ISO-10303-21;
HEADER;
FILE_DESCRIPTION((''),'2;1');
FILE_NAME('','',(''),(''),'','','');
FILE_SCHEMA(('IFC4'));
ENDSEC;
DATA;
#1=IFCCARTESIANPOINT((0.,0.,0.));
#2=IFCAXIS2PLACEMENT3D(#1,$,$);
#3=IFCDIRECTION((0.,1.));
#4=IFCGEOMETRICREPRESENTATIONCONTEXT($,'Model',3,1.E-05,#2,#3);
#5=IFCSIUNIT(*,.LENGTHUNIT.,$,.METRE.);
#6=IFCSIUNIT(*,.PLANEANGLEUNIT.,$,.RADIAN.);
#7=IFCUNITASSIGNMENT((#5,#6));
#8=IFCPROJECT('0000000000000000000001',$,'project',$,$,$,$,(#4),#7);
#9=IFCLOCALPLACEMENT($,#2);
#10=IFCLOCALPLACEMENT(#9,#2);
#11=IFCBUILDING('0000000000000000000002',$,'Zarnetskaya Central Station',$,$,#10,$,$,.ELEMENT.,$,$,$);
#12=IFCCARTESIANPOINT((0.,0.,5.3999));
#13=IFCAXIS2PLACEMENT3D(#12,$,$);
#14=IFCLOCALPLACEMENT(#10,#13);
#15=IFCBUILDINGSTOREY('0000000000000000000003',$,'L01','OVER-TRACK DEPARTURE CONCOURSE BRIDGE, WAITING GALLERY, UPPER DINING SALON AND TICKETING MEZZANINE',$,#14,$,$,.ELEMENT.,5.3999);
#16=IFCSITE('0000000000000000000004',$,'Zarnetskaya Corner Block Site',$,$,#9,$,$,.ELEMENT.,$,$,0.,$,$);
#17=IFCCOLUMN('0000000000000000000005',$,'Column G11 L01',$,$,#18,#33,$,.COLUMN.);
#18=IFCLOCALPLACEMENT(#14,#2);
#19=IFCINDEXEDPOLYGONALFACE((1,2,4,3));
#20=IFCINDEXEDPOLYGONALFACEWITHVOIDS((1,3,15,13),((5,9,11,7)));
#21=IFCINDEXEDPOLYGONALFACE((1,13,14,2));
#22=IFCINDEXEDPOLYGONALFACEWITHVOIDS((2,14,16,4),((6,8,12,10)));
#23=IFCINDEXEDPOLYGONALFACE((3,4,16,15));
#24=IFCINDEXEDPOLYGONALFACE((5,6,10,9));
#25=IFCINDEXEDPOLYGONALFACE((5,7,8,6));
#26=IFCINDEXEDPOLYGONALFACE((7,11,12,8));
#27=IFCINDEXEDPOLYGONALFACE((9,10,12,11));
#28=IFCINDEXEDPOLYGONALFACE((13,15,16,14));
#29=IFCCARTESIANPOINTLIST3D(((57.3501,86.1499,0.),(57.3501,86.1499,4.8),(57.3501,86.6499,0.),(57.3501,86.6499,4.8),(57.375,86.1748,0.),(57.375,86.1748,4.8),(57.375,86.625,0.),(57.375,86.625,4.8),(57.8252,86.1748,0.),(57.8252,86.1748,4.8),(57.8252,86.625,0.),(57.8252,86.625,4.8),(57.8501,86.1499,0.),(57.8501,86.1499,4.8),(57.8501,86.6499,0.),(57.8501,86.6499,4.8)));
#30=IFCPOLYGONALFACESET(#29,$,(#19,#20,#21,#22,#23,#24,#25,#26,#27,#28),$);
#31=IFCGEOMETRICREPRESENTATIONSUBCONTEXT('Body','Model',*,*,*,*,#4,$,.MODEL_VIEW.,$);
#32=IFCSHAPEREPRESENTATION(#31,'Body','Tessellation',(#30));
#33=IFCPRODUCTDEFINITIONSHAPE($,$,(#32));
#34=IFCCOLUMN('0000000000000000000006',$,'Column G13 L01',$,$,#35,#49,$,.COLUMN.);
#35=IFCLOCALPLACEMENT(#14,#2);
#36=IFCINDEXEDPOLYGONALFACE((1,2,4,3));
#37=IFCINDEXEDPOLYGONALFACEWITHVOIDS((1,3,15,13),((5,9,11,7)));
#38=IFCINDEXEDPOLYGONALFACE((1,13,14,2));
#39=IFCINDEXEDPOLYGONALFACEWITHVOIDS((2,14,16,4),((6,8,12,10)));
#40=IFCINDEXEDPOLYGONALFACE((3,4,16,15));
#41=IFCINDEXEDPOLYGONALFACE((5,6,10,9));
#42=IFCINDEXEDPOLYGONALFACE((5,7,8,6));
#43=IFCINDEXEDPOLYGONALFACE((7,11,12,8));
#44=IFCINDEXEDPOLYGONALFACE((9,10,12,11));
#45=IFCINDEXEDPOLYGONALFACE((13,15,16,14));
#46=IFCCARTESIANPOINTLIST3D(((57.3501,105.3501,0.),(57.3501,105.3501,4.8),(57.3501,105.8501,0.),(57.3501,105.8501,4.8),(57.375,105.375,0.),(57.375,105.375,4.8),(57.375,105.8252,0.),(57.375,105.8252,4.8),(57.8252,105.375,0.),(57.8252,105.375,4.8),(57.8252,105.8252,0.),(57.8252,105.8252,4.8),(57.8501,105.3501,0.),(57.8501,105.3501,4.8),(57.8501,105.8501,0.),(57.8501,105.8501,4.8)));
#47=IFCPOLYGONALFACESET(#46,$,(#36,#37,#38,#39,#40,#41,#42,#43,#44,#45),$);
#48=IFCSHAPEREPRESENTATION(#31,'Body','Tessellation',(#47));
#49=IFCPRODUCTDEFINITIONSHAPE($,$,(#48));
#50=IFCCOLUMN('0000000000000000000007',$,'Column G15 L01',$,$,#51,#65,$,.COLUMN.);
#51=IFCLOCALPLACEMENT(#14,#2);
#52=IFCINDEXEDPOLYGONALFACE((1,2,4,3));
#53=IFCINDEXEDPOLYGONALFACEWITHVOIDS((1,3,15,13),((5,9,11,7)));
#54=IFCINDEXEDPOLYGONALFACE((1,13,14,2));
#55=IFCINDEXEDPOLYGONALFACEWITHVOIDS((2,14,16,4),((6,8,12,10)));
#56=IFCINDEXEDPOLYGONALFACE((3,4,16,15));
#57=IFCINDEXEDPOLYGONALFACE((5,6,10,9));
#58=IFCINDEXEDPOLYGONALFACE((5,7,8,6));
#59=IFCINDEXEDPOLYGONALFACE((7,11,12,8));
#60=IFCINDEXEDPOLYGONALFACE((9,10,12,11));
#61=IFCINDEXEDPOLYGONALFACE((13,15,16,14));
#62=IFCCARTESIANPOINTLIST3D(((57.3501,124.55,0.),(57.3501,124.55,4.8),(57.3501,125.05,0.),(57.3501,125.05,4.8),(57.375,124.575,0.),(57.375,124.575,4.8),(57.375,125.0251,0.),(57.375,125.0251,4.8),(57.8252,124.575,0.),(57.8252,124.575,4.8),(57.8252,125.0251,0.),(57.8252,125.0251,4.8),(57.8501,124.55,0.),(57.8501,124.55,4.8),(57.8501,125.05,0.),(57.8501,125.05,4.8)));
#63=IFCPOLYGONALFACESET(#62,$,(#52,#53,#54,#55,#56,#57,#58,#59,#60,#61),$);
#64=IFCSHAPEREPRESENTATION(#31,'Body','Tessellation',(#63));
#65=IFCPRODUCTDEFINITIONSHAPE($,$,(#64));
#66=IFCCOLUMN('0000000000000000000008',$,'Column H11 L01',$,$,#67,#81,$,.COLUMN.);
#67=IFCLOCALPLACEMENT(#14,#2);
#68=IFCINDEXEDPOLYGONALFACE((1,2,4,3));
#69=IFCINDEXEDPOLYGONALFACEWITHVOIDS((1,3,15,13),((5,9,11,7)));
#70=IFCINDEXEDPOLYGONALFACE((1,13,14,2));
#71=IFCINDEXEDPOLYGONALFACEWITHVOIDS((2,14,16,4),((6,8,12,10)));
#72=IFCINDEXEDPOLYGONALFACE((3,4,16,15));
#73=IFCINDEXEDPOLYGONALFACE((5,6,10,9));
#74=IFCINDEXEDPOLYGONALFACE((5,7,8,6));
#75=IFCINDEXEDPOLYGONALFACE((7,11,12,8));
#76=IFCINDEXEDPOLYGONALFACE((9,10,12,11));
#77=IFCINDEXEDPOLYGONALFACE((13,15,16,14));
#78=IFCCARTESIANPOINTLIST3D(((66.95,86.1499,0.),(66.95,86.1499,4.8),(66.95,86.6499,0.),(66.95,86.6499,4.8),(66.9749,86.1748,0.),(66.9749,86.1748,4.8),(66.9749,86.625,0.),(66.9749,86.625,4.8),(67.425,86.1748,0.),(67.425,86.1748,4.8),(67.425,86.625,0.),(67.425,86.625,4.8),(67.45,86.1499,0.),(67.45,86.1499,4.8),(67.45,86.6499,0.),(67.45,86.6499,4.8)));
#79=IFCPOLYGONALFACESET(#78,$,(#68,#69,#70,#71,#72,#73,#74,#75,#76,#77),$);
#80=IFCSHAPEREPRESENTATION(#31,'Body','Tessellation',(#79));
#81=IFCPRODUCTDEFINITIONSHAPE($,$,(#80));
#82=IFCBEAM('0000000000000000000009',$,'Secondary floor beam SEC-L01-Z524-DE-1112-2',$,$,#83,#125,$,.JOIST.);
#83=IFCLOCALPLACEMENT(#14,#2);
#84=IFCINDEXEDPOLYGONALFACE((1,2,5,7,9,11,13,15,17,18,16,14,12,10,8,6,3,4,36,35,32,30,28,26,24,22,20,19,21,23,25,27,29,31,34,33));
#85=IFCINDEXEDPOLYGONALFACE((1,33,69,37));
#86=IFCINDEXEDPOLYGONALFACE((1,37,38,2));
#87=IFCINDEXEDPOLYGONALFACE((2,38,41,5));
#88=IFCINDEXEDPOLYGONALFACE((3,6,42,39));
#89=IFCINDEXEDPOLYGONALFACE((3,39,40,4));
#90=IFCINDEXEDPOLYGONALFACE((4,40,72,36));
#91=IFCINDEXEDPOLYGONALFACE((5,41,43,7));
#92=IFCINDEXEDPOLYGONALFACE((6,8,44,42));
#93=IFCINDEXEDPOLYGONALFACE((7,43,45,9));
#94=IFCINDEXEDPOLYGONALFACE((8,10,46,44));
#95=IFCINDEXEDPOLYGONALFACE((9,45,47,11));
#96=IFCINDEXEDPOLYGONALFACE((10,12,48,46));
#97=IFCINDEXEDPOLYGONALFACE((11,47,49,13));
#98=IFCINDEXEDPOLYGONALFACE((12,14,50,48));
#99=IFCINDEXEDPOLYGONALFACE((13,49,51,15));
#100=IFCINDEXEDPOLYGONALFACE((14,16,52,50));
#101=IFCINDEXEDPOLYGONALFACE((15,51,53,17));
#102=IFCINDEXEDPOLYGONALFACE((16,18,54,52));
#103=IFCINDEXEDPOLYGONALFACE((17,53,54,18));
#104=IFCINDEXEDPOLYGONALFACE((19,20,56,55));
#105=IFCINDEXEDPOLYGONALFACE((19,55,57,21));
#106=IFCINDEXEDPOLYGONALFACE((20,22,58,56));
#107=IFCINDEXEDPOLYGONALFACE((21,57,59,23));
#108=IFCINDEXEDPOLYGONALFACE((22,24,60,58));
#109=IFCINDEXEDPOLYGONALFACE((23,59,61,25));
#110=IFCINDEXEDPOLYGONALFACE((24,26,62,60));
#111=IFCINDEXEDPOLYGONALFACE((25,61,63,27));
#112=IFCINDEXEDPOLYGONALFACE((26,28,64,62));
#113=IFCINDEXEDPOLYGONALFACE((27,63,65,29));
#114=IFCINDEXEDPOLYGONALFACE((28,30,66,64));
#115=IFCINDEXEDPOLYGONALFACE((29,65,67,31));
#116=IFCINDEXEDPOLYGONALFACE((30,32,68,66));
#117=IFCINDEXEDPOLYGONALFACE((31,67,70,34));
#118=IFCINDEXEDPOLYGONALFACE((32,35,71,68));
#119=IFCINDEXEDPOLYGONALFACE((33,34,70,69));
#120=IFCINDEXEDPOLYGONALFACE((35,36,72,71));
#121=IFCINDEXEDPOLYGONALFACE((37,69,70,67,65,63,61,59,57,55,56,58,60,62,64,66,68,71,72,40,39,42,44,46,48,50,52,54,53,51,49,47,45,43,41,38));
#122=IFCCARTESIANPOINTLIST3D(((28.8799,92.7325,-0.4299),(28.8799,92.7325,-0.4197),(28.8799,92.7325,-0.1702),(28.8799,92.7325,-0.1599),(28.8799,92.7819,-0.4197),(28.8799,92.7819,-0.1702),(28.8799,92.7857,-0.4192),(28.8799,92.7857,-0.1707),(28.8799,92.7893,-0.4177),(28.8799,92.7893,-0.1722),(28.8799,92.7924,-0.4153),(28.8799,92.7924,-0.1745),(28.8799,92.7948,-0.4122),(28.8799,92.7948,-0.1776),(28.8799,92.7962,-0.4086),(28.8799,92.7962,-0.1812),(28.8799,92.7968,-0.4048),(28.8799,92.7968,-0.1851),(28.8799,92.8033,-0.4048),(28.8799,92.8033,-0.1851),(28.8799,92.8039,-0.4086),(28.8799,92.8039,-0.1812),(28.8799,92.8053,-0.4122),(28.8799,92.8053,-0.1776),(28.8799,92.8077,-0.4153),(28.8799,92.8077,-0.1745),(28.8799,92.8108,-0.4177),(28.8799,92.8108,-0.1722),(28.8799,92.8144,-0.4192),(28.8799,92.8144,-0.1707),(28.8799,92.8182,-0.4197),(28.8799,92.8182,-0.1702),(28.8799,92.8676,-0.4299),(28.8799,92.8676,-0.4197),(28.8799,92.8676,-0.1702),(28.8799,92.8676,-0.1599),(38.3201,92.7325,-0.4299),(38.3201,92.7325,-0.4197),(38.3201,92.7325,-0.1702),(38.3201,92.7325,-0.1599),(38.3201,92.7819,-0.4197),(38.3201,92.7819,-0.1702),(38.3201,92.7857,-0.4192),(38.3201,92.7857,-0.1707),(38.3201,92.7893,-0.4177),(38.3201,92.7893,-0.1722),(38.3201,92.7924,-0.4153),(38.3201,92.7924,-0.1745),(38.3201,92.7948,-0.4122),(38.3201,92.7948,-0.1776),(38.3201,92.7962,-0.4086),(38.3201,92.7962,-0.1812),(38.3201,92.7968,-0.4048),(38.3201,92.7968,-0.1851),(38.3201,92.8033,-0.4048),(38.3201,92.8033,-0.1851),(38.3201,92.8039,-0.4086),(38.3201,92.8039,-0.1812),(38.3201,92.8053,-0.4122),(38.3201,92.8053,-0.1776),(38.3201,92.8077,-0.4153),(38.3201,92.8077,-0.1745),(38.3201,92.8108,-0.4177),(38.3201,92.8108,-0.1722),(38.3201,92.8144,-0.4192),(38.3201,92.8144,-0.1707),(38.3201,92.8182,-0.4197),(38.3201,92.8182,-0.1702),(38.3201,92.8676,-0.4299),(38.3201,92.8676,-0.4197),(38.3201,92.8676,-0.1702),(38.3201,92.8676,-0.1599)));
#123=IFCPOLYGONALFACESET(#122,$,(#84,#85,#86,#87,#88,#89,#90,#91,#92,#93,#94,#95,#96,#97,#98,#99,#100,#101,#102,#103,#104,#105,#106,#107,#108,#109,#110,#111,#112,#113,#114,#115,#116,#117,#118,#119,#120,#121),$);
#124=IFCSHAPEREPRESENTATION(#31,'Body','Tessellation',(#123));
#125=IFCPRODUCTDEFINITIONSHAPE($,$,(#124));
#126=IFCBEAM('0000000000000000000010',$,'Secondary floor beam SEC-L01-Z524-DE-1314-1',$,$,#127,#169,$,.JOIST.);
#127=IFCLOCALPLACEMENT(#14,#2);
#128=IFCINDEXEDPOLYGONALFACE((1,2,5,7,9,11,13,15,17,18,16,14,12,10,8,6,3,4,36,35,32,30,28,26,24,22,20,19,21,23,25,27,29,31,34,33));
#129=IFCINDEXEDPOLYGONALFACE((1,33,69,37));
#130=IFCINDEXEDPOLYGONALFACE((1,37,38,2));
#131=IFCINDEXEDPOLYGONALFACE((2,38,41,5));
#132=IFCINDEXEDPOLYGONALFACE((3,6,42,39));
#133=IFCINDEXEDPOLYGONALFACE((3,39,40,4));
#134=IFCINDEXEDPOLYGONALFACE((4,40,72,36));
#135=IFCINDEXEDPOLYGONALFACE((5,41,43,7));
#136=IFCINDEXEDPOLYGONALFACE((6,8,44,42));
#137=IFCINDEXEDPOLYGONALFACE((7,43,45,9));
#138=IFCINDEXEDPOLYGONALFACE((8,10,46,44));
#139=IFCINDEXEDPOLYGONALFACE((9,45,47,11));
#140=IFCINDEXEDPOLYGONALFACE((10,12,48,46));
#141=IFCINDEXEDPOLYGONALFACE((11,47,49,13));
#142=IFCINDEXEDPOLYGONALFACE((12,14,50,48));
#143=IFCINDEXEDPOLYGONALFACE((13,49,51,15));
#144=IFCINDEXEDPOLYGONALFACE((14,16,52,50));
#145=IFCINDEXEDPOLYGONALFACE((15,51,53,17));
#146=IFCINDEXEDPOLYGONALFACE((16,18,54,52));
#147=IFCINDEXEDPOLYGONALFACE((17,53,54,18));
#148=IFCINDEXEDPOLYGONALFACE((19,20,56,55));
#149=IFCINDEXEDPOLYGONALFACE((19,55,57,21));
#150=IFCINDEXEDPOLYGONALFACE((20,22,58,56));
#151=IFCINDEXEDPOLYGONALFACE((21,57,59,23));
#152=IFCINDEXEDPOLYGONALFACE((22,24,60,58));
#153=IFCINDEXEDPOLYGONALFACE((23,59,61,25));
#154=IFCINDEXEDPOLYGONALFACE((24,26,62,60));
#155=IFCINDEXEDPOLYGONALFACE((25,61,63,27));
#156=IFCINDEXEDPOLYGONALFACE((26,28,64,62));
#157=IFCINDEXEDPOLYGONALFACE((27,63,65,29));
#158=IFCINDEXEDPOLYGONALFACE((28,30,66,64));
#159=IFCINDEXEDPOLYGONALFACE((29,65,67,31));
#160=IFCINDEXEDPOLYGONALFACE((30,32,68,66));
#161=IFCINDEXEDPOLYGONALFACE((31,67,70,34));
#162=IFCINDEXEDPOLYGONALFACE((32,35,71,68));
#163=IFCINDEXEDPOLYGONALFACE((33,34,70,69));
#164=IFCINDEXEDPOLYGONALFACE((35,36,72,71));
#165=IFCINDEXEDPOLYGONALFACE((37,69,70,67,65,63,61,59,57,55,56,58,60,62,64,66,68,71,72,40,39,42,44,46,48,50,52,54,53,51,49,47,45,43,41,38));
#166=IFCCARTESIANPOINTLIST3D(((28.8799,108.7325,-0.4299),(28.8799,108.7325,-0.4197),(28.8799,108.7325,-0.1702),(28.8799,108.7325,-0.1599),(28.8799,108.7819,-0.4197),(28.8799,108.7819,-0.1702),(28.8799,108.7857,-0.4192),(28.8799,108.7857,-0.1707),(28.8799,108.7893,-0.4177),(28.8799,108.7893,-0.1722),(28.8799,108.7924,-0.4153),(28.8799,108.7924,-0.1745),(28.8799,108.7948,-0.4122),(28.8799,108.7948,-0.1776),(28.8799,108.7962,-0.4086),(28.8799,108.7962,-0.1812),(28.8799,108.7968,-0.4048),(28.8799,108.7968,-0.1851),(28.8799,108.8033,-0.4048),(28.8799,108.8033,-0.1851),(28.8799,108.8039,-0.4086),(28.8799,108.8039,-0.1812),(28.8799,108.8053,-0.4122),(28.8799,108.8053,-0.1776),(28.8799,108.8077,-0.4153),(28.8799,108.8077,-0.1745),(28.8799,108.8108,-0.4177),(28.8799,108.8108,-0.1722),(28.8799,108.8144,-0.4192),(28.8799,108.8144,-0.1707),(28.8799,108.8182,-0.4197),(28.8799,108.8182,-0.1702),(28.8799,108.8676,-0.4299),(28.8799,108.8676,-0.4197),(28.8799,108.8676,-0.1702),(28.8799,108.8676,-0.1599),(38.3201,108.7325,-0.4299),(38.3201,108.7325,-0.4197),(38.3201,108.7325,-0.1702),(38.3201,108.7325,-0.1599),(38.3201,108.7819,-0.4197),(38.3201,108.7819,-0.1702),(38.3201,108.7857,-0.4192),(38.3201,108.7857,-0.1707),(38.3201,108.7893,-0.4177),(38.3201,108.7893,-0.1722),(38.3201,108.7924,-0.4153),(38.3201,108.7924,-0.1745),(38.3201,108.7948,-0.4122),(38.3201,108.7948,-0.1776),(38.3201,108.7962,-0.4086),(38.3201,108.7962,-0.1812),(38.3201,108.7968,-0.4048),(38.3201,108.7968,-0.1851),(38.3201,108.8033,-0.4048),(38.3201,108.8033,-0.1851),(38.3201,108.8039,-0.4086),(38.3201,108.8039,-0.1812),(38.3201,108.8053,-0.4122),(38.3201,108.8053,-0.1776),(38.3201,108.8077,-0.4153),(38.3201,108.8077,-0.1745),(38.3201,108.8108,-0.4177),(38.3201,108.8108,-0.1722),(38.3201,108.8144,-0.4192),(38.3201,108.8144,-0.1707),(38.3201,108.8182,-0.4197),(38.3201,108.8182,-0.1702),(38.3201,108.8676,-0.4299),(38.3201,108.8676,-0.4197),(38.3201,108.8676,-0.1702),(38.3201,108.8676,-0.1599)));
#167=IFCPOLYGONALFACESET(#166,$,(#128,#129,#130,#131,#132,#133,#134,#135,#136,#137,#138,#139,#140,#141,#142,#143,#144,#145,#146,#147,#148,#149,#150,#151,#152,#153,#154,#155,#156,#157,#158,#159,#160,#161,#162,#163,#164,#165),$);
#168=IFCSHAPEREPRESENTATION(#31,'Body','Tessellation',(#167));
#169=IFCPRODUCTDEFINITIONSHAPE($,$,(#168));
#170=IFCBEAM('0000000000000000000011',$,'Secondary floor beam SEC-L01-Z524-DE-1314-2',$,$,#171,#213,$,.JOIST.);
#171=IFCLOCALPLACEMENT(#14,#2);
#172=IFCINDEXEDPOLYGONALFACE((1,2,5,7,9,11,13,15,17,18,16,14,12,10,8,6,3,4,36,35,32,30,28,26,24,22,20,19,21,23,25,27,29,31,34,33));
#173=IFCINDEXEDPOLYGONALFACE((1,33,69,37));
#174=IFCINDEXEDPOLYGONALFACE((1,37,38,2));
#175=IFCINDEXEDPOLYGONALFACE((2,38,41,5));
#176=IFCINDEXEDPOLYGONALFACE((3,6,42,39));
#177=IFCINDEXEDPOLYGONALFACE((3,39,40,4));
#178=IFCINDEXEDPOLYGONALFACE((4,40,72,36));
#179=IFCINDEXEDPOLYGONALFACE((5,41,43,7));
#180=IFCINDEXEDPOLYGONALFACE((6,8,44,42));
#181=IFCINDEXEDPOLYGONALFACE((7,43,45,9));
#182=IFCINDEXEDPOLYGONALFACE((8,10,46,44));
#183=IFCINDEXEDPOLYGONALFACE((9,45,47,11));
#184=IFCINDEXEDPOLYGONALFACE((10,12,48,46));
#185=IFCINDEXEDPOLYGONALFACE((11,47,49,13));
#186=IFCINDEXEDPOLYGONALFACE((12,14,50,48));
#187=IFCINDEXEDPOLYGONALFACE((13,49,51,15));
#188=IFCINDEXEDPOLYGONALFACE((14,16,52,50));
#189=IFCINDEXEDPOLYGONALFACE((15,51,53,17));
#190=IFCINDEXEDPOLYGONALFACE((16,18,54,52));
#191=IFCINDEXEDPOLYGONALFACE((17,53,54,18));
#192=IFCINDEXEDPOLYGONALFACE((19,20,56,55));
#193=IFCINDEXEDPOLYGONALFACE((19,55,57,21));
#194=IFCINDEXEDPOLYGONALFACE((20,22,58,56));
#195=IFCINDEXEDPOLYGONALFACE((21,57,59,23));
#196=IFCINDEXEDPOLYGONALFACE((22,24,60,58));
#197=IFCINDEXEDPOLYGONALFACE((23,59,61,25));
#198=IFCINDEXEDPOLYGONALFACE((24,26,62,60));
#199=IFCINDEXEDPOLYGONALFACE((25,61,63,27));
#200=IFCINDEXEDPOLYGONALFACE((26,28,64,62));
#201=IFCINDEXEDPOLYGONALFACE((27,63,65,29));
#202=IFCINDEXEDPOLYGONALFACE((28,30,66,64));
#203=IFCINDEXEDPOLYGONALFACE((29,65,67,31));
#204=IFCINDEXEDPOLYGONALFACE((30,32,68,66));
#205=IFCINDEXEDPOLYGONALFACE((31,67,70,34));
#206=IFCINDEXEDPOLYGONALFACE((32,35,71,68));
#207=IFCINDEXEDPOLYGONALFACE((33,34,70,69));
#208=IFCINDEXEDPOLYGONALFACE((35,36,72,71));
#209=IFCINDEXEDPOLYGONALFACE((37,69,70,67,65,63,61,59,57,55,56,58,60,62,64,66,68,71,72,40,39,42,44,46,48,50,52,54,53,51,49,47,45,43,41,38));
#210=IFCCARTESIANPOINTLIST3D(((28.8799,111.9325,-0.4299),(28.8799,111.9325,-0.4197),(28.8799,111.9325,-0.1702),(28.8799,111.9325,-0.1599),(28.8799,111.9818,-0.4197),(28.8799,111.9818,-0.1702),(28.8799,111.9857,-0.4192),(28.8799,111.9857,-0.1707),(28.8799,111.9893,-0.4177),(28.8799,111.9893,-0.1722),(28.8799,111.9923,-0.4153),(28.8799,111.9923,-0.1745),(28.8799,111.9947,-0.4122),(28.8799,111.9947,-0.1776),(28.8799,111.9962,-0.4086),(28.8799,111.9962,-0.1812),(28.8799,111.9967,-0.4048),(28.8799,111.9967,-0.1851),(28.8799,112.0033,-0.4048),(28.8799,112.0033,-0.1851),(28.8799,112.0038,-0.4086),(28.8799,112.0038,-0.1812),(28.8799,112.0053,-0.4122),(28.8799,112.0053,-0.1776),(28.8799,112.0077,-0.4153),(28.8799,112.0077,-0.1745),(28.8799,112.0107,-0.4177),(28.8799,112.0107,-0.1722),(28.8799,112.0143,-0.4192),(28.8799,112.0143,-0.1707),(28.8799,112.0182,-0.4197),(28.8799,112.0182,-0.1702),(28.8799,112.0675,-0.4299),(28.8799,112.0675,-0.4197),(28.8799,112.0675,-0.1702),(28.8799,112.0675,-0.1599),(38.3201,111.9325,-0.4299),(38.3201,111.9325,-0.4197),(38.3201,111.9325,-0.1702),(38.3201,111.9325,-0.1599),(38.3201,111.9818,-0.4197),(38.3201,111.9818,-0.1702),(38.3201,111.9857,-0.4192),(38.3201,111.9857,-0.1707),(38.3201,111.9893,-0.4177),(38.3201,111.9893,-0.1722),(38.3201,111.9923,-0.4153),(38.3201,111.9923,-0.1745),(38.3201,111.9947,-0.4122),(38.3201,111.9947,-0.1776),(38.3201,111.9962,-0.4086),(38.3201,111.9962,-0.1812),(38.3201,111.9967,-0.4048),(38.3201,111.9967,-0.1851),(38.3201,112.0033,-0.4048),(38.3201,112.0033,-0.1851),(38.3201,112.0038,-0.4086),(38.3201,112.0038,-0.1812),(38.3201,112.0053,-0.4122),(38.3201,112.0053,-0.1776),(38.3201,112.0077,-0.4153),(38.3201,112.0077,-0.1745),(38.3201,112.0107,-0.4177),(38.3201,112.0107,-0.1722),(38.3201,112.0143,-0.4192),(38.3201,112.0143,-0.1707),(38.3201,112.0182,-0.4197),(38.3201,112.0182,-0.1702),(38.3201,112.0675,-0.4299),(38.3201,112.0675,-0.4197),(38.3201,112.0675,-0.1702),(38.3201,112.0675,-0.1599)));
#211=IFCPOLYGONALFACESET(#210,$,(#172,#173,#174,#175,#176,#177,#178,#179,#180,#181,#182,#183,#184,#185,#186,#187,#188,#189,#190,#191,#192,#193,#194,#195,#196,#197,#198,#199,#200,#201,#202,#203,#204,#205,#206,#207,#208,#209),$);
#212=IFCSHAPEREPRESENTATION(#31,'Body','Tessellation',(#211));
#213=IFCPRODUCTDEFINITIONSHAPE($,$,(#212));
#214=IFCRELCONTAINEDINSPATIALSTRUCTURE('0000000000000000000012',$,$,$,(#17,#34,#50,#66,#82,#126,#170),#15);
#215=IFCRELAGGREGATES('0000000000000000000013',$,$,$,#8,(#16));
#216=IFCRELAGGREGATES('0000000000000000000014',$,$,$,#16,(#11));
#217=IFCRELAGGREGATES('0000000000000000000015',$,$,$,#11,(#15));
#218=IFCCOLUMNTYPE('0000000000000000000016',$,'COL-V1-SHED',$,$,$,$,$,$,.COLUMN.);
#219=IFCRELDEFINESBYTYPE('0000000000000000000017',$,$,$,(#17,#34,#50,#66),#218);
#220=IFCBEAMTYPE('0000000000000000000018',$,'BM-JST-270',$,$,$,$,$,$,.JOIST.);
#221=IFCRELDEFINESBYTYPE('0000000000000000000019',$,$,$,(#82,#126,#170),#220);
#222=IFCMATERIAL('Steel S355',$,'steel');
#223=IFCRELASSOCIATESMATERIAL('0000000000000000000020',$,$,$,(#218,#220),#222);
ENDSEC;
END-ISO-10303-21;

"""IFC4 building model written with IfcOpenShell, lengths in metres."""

from ifc_helpers import new_model, si_unit, direction, frame, origin, origin_2d, place, context, subcontext, project, spatial, hollow_rectangle, i_section, extrude, material, material_profile, profile_set, type_object, element, save


model = new_model("IFC4")

# Units and contexts
model_context = context("Model", 3, precision=1e-05, world=origin(), true_north=direction((0.0, 1.0)))
body_context = subcontext(model_context, "Body", "Model", "MODEL_VIEW")
ifc_project = project(units=[si_unit("LENGTHUNIT", "METRE"), si_unit("PLANEANGLEUNIT", "RADIAN")], contexts=[model_context])

# Site, building, storey
site_placement = place(None, origin())
site = spatial("IfcSite", under=ifc_project, at=site_placement, Name="Zarnetskaya Corner Block Site", CompositionType="ELEMENT", RefElevation=0.0)
building_placement = place(site_placement, origin())
building = spatial("IfcBuilding", under=site, at=building_placement, Name="Zarnetskaya Central Station", CompositionType="ELEMENT")
storey_placement = place(building_placement, frame((0.0, 0.0, 5.3999)))
storey = spatial("IfcBuildingStorey", under=building, at=storey_placement, Name="L01", Description="OVER-TRACK DEPARTURE CONCOURSE BRIDGE, WAITING GALLERY, UPPER DINING SALON AND TICKETING MEZZANINE", CompositionType="ELEMENT", Elevation=5.3999)

# Columns
ifc_material_1 = material(Name="Steel S355", Category="steel")
ifc_material_profile_1 = material_profile(ifc_material_1, hollow_rectangle(XDim=0.5, YDim=0.5, WallThickness=0.0249, at=origin_2d()), Name="BOX 500x500x25")
ifc_profile_set_1 = profile_set([ifc_material_profile_1], Name="Steel S355")
column_type = type_object("IfcColumnType", Name="COL-V1-SHED", PredefinedType="COLUMN", material=ifc_profile_set_1)
for number, where, z_axis, x_axis, name in (
    (1, (57.6001, 86.3999, 0.0), (0.0, 0.0, 1.0), (1.0, 0.0, 0.0), "Column G11 L01"),
    (2, (57.6001, 105.6001, 0.0), (0.0, 0.0, 1.0), (1.0, 0.0, 0.0), "Column G13 L01"),
    (3, (57.6001, 124.8, 0.0), (0.0, 0.0, 1.0), (1.0, 0.0, 0.0), "Column G15 L01"),
    (4, (67.2, 86.3999, 0.0), (0.0, 0.0, 1.0), (1.0, 0.0, 0.0), "Column H11 L01"),
):
    element("IfcColumn", number, at=place(storey_placement, frame(where, z_axis=z_axis, x_axis=x_axis)), inside=storey, type_object=column_type, Name=name, PredefinedType="COLUMN", context=body_context, shape_type="SweptSolid", body=[
        extrude(hollow_rectangle(XDim=0.5, YDim=0.5, WallThickness=0.0249, at=origin_2d()), origin(), (0.0, 0.0, 1.0), 4.8),
    ])

# Beams
ifc_material_profile_2 = material_profile(ifc_material_1, i_section(OverallWidth=0.135, OverallDepth=0.27, WebThickness=0.0066, FlangeThickness=0.0103, FilletRadius=0.0149, at=origin_2d()), Name="IPE 270")
ifc_profile_set_2 = profile_set([ifc_material_profile_2], Name="Steel S355")
beam_type_1 = type_object("IfcBeamType", Name="BM-JST-270", PredefinedType="JOIST", material=ifc_profile_set_2)
for number, where, z_axis, x_axis, name in (
    (5, (28.8799, 92.8, -0.2949), (1.0, 0.0, 0.0), (0.0, 1.0, 0.0), "Secondary floor beam SEC-L01-Z524-DE-1112-2"),
    (6, (28.8799, 108.8, -0.2949), (1.0, 0.0, 0.0), (0.0, 1.0, 0.0), "Secondary floor beam SEC-L01-Z524-DE-1314-1"),
    (7, (28.8799, 112.0, -0.2949), (1.0, 0.0, 0.0), (0.0, 1.0, 0.0), "Secondary floor beam SEC-L01-Z524-DE-1314-2"),
):
    element("IfcBeam", number, at=place(storey_placement, frame(where, z_axis=z_axis, x_axis=x_axis)), inside=storey, type_object=beam_type_1, Name=name, PredefinedType="JOIST", context=body_context, shape_type="SweptSolid", body=[
        extrude(i_section(OverallWidth=0.135, OverallDepth=0.27, WebThickness=0.0066, FlangeThickness=0.0103, FilletRadius=0.0149, at=origin_2d()), origin(), (0.0, 0.0, 1.0), 9.4402),
    ])

save(model, "model.ifc")
